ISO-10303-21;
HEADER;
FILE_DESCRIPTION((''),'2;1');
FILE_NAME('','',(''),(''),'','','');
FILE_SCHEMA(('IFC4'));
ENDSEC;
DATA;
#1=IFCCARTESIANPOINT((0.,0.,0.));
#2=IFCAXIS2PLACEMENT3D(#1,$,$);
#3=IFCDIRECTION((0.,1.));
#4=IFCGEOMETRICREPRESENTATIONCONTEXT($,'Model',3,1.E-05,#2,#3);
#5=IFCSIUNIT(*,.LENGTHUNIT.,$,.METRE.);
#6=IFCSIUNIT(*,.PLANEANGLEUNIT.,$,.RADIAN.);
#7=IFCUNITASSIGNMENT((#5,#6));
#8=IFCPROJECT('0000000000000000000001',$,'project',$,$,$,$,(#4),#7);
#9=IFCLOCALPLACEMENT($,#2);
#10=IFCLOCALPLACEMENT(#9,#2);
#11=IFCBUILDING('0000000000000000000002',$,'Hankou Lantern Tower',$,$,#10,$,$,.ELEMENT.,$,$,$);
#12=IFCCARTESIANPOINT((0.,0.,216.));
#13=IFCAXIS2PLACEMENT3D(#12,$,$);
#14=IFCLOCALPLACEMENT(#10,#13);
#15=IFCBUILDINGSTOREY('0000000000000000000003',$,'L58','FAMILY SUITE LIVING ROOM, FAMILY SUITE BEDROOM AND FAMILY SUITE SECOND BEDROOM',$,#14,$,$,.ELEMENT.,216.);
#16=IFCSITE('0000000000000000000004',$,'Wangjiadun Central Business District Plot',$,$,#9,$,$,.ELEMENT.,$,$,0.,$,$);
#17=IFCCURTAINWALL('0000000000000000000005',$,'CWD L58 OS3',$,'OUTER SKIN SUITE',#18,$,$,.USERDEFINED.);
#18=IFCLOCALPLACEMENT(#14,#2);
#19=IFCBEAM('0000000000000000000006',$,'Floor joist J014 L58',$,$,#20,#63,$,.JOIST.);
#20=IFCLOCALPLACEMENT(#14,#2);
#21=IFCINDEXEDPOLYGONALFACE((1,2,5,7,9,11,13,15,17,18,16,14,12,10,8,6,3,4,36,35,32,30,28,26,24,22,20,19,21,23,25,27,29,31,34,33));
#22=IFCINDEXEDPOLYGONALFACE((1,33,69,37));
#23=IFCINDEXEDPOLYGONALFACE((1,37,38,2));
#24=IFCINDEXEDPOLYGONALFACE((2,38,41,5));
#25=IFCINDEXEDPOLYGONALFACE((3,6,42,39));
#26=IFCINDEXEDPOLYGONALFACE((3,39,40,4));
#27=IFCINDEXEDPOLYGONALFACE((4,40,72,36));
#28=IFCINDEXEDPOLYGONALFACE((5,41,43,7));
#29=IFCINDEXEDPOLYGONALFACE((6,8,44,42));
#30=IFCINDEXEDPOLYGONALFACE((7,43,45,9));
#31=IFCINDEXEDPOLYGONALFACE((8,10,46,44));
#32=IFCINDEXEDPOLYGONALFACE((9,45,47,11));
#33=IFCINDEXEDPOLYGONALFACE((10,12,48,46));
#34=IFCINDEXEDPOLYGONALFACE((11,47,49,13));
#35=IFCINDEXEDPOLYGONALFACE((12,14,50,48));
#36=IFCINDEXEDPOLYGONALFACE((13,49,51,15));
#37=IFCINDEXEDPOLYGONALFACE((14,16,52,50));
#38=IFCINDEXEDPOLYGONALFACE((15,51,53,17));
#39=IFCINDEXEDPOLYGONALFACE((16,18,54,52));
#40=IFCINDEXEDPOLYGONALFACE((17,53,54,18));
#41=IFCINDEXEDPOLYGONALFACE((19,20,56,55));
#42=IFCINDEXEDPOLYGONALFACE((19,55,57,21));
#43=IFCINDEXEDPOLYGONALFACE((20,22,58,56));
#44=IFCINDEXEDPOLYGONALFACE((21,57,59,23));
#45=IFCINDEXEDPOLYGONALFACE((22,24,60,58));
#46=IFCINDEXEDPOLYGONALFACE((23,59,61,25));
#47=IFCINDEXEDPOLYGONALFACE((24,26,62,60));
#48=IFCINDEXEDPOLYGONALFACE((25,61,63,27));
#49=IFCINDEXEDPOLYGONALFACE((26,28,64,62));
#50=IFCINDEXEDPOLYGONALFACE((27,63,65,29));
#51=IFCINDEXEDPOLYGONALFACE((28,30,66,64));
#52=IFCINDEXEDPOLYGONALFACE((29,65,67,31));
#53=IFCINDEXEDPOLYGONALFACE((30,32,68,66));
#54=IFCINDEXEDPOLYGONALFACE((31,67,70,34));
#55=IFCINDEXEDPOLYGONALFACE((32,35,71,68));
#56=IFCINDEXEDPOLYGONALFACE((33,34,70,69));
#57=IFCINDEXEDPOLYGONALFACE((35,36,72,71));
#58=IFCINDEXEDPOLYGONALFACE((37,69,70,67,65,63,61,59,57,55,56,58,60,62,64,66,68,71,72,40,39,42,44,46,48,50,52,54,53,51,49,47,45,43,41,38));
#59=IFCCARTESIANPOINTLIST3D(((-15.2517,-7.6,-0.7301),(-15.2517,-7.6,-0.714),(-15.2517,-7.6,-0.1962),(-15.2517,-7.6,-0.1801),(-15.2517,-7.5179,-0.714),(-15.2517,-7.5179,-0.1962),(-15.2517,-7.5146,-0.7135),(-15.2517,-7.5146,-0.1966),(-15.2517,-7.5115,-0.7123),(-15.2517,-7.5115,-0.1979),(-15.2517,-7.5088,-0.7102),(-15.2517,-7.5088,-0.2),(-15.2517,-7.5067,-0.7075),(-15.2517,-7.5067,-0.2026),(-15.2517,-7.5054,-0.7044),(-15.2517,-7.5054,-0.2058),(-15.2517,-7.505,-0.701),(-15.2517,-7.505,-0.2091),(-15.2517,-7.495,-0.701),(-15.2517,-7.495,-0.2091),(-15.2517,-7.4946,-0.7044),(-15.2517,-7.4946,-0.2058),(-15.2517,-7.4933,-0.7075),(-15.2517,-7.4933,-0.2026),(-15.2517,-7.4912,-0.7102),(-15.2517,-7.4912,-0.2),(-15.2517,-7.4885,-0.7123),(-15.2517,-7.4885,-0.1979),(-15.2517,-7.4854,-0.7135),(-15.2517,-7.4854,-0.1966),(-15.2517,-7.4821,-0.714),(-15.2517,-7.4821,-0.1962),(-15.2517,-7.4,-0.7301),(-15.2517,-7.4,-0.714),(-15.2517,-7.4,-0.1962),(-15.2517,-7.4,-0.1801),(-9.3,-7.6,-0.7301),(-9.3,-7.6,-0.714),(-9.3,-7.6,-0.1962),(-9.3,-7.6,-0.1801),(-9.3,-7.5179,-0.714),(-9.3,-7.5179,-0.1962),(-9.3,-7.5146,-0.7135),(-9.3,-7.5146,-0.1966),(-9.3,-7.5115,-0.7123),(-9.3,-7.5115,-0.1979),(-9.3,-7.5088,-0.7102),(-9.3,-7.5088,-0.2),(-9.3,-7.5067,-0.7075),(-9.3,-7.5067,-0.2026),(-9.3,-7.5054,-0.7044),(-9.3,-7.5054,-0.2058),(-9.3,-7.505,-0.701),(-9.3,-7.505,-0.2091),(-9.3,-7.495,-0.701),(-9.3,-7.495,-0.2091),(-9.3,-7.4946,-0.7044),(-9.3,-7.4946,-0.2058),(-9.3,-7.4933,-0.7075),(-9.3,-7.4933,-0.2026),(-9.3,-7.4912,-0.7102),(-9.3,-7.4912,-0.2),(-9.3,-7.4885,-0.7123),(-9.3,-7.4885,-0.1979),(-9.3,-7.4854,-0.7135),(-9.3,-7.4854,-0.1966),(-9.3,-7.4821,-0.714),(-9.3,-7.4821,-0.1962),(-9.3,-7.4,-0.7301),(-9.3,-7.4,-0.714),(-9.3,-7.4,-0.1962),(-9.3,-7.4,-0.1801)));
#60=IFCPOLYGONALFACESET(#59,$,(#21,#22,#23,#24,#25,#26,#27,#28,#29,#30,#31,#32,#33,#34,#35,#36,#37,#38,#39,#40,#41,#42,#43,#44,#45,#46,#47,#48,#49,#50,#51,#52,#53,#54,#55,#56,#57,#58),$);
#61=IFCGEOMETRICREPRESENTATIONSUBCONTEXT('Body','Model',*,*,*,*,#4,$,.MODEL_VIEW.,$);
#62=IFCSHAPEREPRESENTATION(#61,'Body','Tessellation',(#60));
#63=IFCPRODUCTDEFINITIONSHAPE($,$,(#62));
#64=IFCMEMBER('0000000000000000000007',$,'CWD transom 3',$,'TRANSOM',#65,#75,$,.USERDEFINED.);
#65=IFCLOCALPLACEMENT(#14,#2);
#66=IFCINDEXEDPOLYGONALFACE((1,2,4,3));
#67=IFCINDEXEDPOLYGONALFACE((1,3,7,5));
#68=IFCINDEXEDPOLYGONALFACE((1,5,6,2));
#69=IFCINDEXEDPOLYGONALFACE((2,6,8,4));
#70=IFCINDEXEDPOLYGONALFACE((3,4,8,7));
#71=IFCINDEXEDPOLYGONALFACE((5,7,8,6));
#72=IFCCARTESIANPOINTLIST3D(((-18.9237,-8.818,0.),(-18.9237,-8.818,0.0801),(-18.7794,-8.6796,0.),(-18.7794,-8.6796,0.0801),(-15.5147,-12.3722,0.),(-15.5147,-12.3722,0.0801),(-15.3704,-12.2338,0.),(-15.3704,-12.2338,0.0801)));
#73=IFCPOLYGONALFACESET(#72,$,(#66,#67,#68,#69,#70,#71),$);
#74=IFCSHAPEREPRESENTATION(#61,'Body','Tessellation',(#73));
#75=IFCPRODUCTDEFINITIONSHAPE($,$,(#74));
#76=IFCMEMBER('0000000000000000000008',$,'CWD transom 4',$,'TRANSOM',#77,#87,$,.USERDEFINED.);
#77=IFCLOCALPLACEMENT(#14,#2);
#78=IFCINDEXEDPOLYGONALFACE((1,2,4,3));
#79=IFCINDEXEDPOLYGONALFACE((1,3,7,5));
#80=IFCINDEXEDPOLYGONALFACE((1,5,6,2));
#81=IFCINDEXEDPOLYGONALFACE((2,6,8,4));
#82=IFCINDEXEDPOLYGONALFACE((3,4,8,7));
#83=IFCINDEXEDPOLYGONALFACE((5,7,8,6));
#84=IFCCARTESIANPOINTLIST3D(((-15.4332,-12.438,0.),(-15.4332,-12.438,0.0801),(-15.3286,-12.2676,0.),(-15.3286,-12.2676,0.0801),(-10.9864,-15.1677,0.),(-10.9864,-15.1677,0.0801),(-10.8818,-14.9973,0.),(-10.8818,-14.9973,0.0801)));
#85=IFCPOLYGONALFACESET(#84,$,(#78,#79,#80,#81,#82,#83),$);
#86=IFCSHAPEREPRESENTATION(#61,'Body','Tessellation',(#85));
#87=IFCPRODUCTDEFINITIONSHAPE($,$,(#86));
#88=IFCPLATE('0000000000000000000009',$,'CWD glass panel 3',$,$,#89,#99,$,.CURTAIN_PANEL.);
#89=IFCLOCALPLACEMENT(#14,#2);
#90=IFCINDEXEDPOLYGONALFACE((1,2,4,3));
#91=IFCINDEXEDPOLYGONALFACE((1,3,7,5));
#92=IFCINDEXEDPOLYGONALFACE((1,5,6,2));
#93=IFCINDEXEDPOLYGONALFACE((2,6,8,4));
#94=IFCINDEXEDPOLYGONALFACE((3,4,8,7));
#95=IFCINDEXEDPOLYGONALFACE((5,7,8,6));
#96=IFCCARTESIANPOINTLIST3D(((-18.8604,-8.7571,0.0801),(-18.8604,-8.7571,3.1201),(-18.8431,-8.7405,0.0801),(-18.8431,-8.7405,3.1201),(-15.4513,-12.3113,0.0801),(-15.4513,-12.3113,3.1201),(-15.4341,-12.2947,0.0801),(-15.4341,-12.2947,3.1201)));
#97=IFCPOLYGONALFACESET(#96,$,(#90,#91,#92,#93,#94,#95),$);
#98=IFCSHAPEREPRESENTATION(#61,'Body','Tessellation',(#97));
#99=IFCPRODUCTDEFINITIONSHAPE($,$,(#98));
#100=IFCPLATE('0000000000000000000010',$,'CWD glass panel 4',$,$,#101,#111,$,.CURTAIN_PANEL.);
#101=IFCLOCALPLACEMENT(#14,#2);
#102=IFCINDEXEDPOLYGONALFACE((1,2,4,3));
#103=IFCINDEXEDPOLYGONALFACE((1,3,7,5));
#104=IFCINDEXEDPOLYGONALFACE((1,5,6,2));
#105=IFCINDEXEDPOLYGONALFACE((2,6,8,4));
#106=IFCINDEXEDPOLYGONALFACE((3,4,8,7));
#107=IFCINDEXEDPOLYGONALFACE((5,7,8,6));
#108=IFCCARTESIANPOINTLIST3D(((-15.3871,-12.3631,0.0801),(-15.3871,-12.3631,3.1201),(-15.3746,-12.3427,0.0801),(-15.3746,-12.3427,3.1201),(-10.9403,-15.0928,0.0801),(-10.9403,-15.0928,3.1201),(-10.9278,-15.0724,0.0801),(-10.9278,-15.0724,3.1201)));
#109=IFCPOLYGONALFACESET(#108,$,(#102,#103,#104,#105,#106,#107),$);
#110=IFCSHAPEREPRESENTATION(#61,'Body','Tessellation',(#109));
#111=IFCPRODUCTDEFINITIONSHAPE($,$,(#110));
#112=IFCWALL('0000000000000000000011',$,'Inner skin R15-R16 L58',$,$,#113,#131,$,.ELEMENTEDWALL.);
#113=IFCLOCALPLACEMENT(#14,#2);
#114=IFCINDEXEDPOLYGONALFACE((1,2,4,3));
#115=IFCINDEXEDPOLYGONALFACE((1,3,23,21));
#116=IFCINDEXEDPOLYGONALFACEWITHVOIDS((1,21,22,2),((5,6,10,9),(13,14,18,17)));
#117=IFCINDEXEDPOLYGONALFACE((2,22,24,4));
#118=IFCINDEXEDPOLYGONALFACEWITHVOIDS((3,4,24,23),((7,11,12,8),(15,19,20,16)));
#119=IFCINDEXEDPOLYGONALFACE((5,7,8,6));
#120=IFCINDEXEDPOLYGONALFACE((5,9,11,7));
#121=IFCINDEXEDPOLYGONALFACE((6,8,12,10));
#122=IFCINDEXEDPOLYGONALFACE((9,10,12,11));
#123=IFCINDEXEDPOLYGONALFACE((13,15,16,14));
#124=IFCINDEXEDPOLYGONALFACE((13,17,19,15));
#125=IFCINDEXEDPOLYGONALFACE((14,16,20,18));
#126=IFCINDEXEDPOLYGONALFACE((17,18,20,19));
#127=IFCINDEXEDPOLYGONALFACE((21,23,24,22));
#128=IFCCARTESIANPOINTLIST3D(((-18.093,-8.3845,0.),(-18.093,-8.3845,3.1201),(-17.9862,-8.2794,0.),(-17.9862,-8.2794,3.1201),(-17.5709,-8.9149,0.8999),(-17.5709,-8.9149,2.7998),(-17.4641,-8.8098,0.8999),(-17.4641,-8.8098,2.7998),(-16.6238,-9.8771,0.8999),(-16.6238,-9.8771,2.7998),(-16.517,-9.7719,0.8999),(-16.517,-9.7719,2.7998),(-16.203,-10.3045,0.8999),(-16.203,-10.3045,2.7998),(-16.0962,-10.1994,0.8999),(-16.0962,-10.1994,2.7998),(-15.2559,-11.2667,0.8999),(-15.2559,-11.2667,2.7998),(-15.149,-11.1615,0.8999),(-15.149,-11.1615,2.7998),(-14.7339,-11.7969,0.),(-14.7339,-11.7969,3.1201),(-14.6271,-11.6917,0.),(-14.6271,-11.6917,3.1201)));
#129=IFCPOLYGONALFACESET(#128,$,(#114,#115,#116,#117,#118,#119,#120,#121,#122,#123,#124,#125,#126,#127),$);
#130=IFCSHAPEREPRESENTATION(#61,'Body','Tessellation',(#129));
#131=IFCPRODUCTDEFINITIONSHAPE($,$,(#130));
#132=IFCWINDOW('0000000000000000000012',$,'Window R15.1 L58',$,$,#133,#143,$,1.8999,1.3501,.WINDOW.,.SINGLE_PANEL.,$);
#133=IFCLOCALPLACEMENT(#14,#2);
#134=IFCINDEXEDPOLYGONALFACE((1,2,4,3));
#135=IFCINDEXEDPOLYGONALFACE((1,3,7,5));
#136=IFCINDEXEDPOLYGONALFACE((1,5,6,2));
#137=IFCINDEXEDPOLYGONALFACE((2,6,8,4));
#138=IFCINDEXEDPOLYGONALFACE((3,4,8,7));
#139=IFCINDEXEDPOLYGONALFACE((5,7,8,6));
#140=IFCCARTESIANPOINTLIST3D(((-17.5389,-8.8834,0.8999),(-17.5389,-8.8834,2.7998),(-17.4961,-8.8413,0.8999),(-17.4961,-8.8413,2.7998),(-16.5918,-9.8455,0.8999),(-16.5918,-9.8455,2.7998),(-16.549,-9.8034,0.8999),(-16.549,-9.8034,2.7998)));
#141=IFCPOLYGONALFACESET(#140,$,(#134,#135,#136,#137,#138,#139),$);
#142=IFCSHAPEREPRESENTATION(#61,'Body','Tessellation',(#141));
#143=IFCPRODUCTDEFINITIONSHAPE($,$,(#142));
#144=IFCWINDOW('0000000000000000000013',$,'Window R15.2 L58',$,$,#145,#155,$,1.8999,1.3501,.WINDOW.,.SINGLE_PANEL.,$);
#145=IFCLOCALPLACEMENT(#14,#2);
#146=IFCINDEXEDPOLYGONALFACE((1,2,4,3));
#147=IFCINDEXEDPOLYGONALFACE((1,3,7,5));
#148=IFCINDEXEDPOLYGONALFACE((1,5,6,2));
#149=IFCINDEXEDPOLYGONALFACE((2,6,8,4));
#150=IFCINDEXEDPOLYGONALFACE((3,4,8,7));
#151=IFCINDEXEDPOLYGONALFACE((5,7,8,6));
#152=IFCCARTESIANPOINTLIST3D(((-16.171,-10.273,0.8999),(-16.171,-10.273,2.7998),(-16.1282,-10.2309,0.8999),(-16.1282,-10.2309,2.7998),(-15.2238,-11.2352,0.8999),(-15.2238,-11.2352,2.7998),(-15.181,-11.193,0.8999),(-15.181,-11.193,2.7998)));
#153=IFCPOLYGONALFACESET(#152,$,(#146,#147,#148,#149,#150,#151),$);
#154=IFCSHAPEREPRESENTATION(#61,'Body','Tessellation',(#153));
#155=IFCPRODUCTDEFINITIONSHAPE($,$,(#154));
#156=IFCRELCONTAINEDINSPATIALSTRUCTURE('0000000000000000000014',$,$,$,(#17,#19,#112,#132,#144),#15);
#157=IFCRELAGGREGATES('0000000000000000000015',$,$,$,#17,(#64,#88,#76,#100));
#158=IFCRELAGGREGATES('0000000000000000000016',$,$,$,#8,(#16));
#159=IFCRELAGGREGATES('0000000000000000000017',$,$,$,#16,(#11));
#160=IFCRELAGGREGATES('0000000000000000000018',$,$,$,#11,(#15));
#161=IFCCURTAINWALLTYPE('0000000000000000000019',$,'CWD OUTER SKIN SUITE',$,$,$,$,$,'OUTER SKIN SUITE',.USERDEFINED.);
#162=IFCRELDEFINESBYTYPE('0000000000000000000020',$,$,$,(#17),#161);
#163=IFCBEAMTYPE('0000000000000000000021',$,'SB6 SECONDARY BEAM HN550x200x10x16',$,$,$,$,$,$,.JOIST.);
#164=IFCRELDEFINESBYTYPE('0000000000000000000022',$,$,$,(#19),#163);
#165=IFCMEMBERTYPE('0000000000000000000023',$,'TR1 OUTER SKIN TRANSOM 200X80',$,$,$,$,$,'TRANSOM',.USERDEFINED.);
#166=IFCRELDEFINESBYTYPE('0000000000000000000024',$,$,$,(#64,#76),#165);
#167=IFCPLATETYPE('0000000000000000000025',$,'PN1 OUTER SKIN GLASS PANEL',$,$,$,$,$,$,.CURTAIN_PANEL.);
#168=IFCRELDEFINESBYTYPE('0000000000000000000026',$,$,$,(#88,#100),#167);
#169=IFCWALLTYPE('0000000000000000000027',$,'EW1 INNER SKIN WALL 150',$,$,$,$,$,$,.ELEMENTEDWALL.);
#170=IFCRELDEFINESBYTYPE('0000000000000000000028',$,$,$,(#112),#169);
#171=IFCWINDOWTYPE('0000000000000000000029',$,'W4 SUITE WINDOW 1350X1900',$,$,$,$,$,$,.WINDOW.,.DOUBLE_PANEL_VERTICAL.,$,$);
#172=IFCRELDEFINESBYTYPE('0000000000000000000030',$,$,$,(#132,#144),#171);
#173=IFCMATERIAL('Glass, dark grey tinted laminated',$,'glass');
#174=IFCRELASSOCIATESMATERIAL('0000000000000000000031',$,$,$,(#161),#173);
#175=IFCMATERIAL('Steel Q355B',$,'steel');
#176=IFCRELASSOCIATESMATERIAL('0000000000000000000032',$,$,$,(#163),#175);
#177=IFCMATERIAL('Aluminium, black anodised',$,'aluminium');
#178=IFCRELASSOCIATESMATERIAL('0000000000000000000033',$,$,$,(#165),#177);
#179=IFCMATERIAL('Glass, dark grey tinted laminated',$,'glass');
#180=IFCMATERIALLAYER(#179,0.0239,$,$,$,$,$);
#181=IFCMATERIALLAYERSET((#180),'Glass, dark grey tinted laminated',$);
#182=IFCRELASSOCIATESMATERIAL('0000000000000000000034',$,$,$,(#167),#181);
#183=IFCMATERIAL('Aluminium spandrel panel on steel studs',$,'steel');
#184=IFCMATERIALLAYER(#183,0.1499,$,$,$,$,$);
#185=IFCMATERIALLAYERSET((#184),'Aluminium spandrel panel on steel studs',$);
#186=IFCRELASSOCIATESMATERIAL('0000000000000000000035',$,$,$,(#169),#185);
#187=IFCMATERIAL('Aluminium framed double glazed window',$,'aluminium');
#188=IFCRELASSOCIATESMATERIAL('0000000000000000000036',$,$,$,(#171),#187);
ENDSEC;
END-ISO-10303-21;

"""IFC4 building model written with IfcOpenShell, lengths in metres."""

from ifc_helpers import new_model, si_unit, direction, frame, frame_2d, origin, origin_2d, place, context, subcontext, project, spatial, rectangle, i_section, extrude, material, layer, layer_set, material_profile, profile_set, type_object, element, fill, aggregate, save


model = new_model("IFC4")

# Units and contexts
model_context = context("Model", 3, precision=1e-05, world=origin(), true_north=direction((0.0, 1.0)))
body_context = subcontext(model_context, "Body", "Model", "MODEL_VIEW")
ifc_project = project(units=[si_unit("LENGTHUNIT", "METRE"), si_unit("PLANEANGLEUNIT", "RADIAN")], contexts=[model_context])

# Site, building, storey
site_placement = place(None, origin())
site = spatial("IfcSite", under=ifc_project, at=site_placement, Name="Wangjiadun Central Business District Plot", CompositionType="ELEMENT", RefElevation=0.0)
building_placement = place(site_placement, origin())
building = spatial("IfcBuilding", under=site, at=building_placement, Name="Hankou Lantern Tower", CompositionType="ELEMENT")
storey_placement = place(building_placement, frame((0.0, 0.0, 216.0)))
storey = spatial("IfcBuildingStorey", under=building, at=storey_placement, Name="L58", Description="FAMILY SUITE LIVING ROOM, FAMILY SUITE BEDROOM AND FAMILY SUITE SECOND BEDROOM", CompositionType="ELEMENT", Elevation=216.0)

# Curtain wall
ifc_material_1 = material(Name="Glass, dark grey tinted laminated", Category="glass")
curtain_wall_type = type_object("IfcCurtainWallType", Name="CWD OUTER SKIN SUITE", ElementType="OUTER SKIN SUITE", PredefinedType="USERDEFINED", material=ifc_material_1)
curtain_wall_placement = place(storey_placement, origin())
curtain_wall = element("IfcCurtainWall", 1, at=curtain_wall_placement, inside=storey, type_object=curtain_wall_type, Name="CWD L58 OS3", ObjectType="OUTER SKIN SUITE", PredefinedType="USERDEFINED")

# Beam
ifc_material_2 = material(Name="Steel Q355B", Category="steel")
ifc_material_profile_1 = material_profile(ifc_material_2, i_section(OverallWidth=0.2, OverallDepth=0.55, WebThickness=0.01, FlangeThickness=0.0161, FilletRadius=0.0129, at=origin_2d()), Name="HN550x200x10x16")
ifc_profile_set_1 = profile_set([ifc_material_profile_1], Name="Steel Q355B")
beam_type_1 = type_object("IfcBeamType", Name="SB6 SECONDARY BEAM HN550x200x10x16", PredefinedType="JOIST", material=ifc_profile_set_1)
beam_1_placement = place(storey_placement, frame((-15.2517, -7.5, -0.4551), z_axis=(1.0, 0.0, 0.0), x_axis=(0.0, 1.0, 0.0)))
element("IfcBeam", 2, at=beam_1_placement, inside=storey, type_object=beam_type_1, Name="Floor joist J014 L58", PredefinedType="JOIST", context=body_context, shape_type="SweptSolid", body=[
    extrude(i_section(OverallWidth=0.2, OverallDepth=0.55, WebThickness=0.01, FlangeThickness=0.0161, FilletRadius=0.0129, at=origin_2d()), origin(), (0.0, 0.0, 1.0), 5.9517),
])

# Members
ifc_material_3 = material(Name="Aluminium, black anodised", Category="aluminium")
ifc_material_profile_2 = material_profile(ifc_material_3, rectangle(XDim=0.2, YDim=0.0801, at=origin_2d()), Name="TR1 200X80")
ifc_profile_set_2 = profile_set([ifc_material_profile_2], Name="Aluminium, black anodised")
member_type_1 = type_object("IfcMemberType", Name="TR1 OUTER SKIN TRANSOM 200X80", ElementType="TRANSOM", PredefinedType="USERDEFINED", material=ifc_profile_set_2)
member_1_placement = place(storey_placement, frame((-18.8516, -8.7488, 0.04), z_axis=(0.692205, -0.721701, 0.0), x_axis=(0.721701, 0.692205, 0.0)))
member_1 = element("IfcMember", 3, at=member_1_placement, type_object=member_type_1, Name="CWD transom 3", ObjectType="TRANSOM", PredefinedType="USERDEFINED", context=body_context, shape_type="SweptSolid", body=[
    extrude(rectangle(XDim=0.2, YDim=0.0801, at=origin_2d()), origin(), (0.0, 0.0, 1.0), 4.9248),
])
member_2_placement = place(storey_placement, frame((-15.3809, -12.3528, 0.04), z_axis=(0.852235, -0.52316, 0.0), x_axis=(0.52316, 0.852235, 0.0)))
member_2 = element("IfcMember", 4, at=member_2_placement, type_object=member_type_1, Name="CWD transom 4", ObjectType="TRANSOM", PredefinedType="USERDEFINED", context=body_context, shape_type="SweptSolid", body=[
    extrude(rectangle(XDim=0.2, YDim=0.0801, at=origin_2d()), origin(), (0.0, 0.0, 1.0), 5.2178),
])

# Plates
ifc_material_4 = material(Name="Glass, dark grey tinted laminated", Category="glass")
ifc_layer_1 = layer(ifc_material_4, 0.0239)
ifc_layer_set_1 = layer_set([ifc_layer_1], Name="Glass, dark grey tinted laminated")
plate_type = type_object("IfcPlateType", Name="PN1 OUTER SKIN GLASS PANEL", PredefinedType="CURTAIN_PANEL", material=ifc_layer_set_1)
plate_1_placement = place(storey_placement, frame((-17.1472, -10.5259, 0.0801), z_axis=(0.0, 0.0, 1.0), x_axis=(0.692216, -0.721691, 0.0)))
plate_1 = element("IfcPlate", 5, at=plate_1_placement, type_object=plate_type, Name="CWD glass panel 3", PredefinedType="CURTAIN_PANEL", context=body_context, shape_type="SweptSolid", body=[
    extrude(rectangle(XDim=4.9248, YDim=0.0239, at=origin_2d()), origin(), (0.0, 0.0, 1.0), 3.04),
])
plate_2_placement = place(storey_placement, frame((-13.1575, -13.7178, 0.0801), z_axis=(0.0, 0.0, 1.0), x_axis=(0.852237, -0.523156, 0.0)))
plate_2 = element("IfcPlate", 6, at=plate_2_placement, type_object=plate_type, Name="CWD glass panel 4", PredefinedType="CURTAIN_PANEL", context=body_context, shape_type="SweptSolid", body=[
    extrude(rectangle(XDim=5.2178, YDim=0.0239, at=origin_2d()), origin(), (0.0, 0.0, 1.0), 3.04),
])
aggregate(curtain_wall, [member_1, plate_1, member_2, plate_2])

# Wall, openings, windows
ifc_material_5 = material(Name="Aluminium spandrel panel on steel studs", Category="steel")
ifc_layer_2 = layer(ifc_material_5, 0.1499)
ifc_layer_set_2 = layer_set([ifc_layer_2], Name="Aluminium spandrel panel on steel studs")
wall_type_1 = type_object("IfcWallType", Name="EW1 INNER SKIN WALL 150", PredefinedType="ELEMENTEDWALL", material=ifc_layer_set_2)
wall_1_placement = place(storey_placement, frame((-18.0396, -8.332, 0.0), z_axis=(0.0, 0.0, 1.0), x_axis=(0.701527, -0.712643, 0.0)))
wall_1 = element("IfcWall", 7, at=wall_1_placement, inside=storey, type_object=wall_type_1, Name="Inner skin R15-R16 L58", PredefinedType="ELEMENTEDWALL", context=body_context, shape_type="SweptSolid", body=[
    extrude(rectangle(XDim=4.7883, YDim=0.1499, at=frame_2d((2.394, 0.0))), origin(), (0.0, 0.0, 1.0), 3.1201),
])
opening_1_placement = place(wall_1_placement, frame((0.7441, 0.0, 0.8999)))
opening_1 = element("IfcOpeningElement", 8, at=opening_1_placement, cuts=wall_1, PredefinedType="OPENING", context=body_context, shape_type="SweptSolid", body=[
    extrude(rectangle(XDim=1.3501, YDim=1.8999, at=frame_2d((0.675, 0.95))), frame((0.0, 0.085, 0.0), z_axis=(0.0, -1.0, 0.0), x_axis=(1.0, 0.0, 0.0)), (0.0, 0.0, 1.0), 0.1699),
])
opening_2_placement = place(wall_1_placement, frame((2.6941, 0.0, 0.8999)))
opening_2 = element("IfcOpeningElement", 9, at=opening_2_placement, cuts=wall_1, PredefinedType="OPENING", context=body_context, shape_type="SweptSolid", body=[
    extrude(rectangle(XDim=1.3501, YDim=1.8999, at=frame_2d((0.675, 0.95))), frame((0.0, 0.085, 0.0), z_axis=(0.0, -1.0, 0.0), x_axis=(1.0, 0.0, 0.0)), (0.0, 0.0, 1.0), 0.1699),
])
ifc_material_6 = material(Name="Aluminium framed double glazed window", Category="aluminium")
window_type = type_object("IfcWindowType", Name="W4 SUITE WINDOW 1350X1900", PartitioningType="DOUBLE_PANEL_VERTICAL", PredefinedType="WINDOW", material=ifc_material_6)
window_1_placement = place(opening_1_placement, origin())
window_1 = element("IfcWindow", 10, at=window_1_placement, inside=storey, type_object=window_type, Name="Window R15.1 L58", OverallHeight=1.8999, OverallWidth=1.3501, PartitioningType="SINGLE_PANEL", PredefinedType="WINDOW", context=body_context, shape_type="SweptSolid", body=[
    extrude(rectangle(XDim=1.3501, YDim=1.8999, at=frame_2d((0.675, 0.95))), frame((0.0, 0.03, 0.0), z_axis=(0.0, -1.0, 0.0), x_axis=(1.0, 0.0, 0.0)), (0.0, 0.0, 1.0), 0.0601),
])
fill(opening_1, window_1)
window_2_placement = place(opening_2_placement, origin())
window_2 = element("IfcWindow", 11, at=window_2_placement, inside=storey, type_object=window_type, Name="Window R15.2 L58", OverallHeight=1.8999, OverallWidth=1.3501, PartitioningType="SINGLE_PANEL", PredefinedType="WINDOW", context=body_context, shape_type="SweptSolid", body=[
    extrude(rectangle(XDim=1.3501, YDim=1.8999, at=frame_2d((0.675, 0.95))), frame((0.0, 0.03, 0.0), z_axis=(0.0, -1.0, 0.0), x_axis=(1.0, 0.0, 0.0)), (0.0, 0.0, 1.0), 0.0601),
])
fill(opening_2, window_2)

save(model, "model.ifc")
